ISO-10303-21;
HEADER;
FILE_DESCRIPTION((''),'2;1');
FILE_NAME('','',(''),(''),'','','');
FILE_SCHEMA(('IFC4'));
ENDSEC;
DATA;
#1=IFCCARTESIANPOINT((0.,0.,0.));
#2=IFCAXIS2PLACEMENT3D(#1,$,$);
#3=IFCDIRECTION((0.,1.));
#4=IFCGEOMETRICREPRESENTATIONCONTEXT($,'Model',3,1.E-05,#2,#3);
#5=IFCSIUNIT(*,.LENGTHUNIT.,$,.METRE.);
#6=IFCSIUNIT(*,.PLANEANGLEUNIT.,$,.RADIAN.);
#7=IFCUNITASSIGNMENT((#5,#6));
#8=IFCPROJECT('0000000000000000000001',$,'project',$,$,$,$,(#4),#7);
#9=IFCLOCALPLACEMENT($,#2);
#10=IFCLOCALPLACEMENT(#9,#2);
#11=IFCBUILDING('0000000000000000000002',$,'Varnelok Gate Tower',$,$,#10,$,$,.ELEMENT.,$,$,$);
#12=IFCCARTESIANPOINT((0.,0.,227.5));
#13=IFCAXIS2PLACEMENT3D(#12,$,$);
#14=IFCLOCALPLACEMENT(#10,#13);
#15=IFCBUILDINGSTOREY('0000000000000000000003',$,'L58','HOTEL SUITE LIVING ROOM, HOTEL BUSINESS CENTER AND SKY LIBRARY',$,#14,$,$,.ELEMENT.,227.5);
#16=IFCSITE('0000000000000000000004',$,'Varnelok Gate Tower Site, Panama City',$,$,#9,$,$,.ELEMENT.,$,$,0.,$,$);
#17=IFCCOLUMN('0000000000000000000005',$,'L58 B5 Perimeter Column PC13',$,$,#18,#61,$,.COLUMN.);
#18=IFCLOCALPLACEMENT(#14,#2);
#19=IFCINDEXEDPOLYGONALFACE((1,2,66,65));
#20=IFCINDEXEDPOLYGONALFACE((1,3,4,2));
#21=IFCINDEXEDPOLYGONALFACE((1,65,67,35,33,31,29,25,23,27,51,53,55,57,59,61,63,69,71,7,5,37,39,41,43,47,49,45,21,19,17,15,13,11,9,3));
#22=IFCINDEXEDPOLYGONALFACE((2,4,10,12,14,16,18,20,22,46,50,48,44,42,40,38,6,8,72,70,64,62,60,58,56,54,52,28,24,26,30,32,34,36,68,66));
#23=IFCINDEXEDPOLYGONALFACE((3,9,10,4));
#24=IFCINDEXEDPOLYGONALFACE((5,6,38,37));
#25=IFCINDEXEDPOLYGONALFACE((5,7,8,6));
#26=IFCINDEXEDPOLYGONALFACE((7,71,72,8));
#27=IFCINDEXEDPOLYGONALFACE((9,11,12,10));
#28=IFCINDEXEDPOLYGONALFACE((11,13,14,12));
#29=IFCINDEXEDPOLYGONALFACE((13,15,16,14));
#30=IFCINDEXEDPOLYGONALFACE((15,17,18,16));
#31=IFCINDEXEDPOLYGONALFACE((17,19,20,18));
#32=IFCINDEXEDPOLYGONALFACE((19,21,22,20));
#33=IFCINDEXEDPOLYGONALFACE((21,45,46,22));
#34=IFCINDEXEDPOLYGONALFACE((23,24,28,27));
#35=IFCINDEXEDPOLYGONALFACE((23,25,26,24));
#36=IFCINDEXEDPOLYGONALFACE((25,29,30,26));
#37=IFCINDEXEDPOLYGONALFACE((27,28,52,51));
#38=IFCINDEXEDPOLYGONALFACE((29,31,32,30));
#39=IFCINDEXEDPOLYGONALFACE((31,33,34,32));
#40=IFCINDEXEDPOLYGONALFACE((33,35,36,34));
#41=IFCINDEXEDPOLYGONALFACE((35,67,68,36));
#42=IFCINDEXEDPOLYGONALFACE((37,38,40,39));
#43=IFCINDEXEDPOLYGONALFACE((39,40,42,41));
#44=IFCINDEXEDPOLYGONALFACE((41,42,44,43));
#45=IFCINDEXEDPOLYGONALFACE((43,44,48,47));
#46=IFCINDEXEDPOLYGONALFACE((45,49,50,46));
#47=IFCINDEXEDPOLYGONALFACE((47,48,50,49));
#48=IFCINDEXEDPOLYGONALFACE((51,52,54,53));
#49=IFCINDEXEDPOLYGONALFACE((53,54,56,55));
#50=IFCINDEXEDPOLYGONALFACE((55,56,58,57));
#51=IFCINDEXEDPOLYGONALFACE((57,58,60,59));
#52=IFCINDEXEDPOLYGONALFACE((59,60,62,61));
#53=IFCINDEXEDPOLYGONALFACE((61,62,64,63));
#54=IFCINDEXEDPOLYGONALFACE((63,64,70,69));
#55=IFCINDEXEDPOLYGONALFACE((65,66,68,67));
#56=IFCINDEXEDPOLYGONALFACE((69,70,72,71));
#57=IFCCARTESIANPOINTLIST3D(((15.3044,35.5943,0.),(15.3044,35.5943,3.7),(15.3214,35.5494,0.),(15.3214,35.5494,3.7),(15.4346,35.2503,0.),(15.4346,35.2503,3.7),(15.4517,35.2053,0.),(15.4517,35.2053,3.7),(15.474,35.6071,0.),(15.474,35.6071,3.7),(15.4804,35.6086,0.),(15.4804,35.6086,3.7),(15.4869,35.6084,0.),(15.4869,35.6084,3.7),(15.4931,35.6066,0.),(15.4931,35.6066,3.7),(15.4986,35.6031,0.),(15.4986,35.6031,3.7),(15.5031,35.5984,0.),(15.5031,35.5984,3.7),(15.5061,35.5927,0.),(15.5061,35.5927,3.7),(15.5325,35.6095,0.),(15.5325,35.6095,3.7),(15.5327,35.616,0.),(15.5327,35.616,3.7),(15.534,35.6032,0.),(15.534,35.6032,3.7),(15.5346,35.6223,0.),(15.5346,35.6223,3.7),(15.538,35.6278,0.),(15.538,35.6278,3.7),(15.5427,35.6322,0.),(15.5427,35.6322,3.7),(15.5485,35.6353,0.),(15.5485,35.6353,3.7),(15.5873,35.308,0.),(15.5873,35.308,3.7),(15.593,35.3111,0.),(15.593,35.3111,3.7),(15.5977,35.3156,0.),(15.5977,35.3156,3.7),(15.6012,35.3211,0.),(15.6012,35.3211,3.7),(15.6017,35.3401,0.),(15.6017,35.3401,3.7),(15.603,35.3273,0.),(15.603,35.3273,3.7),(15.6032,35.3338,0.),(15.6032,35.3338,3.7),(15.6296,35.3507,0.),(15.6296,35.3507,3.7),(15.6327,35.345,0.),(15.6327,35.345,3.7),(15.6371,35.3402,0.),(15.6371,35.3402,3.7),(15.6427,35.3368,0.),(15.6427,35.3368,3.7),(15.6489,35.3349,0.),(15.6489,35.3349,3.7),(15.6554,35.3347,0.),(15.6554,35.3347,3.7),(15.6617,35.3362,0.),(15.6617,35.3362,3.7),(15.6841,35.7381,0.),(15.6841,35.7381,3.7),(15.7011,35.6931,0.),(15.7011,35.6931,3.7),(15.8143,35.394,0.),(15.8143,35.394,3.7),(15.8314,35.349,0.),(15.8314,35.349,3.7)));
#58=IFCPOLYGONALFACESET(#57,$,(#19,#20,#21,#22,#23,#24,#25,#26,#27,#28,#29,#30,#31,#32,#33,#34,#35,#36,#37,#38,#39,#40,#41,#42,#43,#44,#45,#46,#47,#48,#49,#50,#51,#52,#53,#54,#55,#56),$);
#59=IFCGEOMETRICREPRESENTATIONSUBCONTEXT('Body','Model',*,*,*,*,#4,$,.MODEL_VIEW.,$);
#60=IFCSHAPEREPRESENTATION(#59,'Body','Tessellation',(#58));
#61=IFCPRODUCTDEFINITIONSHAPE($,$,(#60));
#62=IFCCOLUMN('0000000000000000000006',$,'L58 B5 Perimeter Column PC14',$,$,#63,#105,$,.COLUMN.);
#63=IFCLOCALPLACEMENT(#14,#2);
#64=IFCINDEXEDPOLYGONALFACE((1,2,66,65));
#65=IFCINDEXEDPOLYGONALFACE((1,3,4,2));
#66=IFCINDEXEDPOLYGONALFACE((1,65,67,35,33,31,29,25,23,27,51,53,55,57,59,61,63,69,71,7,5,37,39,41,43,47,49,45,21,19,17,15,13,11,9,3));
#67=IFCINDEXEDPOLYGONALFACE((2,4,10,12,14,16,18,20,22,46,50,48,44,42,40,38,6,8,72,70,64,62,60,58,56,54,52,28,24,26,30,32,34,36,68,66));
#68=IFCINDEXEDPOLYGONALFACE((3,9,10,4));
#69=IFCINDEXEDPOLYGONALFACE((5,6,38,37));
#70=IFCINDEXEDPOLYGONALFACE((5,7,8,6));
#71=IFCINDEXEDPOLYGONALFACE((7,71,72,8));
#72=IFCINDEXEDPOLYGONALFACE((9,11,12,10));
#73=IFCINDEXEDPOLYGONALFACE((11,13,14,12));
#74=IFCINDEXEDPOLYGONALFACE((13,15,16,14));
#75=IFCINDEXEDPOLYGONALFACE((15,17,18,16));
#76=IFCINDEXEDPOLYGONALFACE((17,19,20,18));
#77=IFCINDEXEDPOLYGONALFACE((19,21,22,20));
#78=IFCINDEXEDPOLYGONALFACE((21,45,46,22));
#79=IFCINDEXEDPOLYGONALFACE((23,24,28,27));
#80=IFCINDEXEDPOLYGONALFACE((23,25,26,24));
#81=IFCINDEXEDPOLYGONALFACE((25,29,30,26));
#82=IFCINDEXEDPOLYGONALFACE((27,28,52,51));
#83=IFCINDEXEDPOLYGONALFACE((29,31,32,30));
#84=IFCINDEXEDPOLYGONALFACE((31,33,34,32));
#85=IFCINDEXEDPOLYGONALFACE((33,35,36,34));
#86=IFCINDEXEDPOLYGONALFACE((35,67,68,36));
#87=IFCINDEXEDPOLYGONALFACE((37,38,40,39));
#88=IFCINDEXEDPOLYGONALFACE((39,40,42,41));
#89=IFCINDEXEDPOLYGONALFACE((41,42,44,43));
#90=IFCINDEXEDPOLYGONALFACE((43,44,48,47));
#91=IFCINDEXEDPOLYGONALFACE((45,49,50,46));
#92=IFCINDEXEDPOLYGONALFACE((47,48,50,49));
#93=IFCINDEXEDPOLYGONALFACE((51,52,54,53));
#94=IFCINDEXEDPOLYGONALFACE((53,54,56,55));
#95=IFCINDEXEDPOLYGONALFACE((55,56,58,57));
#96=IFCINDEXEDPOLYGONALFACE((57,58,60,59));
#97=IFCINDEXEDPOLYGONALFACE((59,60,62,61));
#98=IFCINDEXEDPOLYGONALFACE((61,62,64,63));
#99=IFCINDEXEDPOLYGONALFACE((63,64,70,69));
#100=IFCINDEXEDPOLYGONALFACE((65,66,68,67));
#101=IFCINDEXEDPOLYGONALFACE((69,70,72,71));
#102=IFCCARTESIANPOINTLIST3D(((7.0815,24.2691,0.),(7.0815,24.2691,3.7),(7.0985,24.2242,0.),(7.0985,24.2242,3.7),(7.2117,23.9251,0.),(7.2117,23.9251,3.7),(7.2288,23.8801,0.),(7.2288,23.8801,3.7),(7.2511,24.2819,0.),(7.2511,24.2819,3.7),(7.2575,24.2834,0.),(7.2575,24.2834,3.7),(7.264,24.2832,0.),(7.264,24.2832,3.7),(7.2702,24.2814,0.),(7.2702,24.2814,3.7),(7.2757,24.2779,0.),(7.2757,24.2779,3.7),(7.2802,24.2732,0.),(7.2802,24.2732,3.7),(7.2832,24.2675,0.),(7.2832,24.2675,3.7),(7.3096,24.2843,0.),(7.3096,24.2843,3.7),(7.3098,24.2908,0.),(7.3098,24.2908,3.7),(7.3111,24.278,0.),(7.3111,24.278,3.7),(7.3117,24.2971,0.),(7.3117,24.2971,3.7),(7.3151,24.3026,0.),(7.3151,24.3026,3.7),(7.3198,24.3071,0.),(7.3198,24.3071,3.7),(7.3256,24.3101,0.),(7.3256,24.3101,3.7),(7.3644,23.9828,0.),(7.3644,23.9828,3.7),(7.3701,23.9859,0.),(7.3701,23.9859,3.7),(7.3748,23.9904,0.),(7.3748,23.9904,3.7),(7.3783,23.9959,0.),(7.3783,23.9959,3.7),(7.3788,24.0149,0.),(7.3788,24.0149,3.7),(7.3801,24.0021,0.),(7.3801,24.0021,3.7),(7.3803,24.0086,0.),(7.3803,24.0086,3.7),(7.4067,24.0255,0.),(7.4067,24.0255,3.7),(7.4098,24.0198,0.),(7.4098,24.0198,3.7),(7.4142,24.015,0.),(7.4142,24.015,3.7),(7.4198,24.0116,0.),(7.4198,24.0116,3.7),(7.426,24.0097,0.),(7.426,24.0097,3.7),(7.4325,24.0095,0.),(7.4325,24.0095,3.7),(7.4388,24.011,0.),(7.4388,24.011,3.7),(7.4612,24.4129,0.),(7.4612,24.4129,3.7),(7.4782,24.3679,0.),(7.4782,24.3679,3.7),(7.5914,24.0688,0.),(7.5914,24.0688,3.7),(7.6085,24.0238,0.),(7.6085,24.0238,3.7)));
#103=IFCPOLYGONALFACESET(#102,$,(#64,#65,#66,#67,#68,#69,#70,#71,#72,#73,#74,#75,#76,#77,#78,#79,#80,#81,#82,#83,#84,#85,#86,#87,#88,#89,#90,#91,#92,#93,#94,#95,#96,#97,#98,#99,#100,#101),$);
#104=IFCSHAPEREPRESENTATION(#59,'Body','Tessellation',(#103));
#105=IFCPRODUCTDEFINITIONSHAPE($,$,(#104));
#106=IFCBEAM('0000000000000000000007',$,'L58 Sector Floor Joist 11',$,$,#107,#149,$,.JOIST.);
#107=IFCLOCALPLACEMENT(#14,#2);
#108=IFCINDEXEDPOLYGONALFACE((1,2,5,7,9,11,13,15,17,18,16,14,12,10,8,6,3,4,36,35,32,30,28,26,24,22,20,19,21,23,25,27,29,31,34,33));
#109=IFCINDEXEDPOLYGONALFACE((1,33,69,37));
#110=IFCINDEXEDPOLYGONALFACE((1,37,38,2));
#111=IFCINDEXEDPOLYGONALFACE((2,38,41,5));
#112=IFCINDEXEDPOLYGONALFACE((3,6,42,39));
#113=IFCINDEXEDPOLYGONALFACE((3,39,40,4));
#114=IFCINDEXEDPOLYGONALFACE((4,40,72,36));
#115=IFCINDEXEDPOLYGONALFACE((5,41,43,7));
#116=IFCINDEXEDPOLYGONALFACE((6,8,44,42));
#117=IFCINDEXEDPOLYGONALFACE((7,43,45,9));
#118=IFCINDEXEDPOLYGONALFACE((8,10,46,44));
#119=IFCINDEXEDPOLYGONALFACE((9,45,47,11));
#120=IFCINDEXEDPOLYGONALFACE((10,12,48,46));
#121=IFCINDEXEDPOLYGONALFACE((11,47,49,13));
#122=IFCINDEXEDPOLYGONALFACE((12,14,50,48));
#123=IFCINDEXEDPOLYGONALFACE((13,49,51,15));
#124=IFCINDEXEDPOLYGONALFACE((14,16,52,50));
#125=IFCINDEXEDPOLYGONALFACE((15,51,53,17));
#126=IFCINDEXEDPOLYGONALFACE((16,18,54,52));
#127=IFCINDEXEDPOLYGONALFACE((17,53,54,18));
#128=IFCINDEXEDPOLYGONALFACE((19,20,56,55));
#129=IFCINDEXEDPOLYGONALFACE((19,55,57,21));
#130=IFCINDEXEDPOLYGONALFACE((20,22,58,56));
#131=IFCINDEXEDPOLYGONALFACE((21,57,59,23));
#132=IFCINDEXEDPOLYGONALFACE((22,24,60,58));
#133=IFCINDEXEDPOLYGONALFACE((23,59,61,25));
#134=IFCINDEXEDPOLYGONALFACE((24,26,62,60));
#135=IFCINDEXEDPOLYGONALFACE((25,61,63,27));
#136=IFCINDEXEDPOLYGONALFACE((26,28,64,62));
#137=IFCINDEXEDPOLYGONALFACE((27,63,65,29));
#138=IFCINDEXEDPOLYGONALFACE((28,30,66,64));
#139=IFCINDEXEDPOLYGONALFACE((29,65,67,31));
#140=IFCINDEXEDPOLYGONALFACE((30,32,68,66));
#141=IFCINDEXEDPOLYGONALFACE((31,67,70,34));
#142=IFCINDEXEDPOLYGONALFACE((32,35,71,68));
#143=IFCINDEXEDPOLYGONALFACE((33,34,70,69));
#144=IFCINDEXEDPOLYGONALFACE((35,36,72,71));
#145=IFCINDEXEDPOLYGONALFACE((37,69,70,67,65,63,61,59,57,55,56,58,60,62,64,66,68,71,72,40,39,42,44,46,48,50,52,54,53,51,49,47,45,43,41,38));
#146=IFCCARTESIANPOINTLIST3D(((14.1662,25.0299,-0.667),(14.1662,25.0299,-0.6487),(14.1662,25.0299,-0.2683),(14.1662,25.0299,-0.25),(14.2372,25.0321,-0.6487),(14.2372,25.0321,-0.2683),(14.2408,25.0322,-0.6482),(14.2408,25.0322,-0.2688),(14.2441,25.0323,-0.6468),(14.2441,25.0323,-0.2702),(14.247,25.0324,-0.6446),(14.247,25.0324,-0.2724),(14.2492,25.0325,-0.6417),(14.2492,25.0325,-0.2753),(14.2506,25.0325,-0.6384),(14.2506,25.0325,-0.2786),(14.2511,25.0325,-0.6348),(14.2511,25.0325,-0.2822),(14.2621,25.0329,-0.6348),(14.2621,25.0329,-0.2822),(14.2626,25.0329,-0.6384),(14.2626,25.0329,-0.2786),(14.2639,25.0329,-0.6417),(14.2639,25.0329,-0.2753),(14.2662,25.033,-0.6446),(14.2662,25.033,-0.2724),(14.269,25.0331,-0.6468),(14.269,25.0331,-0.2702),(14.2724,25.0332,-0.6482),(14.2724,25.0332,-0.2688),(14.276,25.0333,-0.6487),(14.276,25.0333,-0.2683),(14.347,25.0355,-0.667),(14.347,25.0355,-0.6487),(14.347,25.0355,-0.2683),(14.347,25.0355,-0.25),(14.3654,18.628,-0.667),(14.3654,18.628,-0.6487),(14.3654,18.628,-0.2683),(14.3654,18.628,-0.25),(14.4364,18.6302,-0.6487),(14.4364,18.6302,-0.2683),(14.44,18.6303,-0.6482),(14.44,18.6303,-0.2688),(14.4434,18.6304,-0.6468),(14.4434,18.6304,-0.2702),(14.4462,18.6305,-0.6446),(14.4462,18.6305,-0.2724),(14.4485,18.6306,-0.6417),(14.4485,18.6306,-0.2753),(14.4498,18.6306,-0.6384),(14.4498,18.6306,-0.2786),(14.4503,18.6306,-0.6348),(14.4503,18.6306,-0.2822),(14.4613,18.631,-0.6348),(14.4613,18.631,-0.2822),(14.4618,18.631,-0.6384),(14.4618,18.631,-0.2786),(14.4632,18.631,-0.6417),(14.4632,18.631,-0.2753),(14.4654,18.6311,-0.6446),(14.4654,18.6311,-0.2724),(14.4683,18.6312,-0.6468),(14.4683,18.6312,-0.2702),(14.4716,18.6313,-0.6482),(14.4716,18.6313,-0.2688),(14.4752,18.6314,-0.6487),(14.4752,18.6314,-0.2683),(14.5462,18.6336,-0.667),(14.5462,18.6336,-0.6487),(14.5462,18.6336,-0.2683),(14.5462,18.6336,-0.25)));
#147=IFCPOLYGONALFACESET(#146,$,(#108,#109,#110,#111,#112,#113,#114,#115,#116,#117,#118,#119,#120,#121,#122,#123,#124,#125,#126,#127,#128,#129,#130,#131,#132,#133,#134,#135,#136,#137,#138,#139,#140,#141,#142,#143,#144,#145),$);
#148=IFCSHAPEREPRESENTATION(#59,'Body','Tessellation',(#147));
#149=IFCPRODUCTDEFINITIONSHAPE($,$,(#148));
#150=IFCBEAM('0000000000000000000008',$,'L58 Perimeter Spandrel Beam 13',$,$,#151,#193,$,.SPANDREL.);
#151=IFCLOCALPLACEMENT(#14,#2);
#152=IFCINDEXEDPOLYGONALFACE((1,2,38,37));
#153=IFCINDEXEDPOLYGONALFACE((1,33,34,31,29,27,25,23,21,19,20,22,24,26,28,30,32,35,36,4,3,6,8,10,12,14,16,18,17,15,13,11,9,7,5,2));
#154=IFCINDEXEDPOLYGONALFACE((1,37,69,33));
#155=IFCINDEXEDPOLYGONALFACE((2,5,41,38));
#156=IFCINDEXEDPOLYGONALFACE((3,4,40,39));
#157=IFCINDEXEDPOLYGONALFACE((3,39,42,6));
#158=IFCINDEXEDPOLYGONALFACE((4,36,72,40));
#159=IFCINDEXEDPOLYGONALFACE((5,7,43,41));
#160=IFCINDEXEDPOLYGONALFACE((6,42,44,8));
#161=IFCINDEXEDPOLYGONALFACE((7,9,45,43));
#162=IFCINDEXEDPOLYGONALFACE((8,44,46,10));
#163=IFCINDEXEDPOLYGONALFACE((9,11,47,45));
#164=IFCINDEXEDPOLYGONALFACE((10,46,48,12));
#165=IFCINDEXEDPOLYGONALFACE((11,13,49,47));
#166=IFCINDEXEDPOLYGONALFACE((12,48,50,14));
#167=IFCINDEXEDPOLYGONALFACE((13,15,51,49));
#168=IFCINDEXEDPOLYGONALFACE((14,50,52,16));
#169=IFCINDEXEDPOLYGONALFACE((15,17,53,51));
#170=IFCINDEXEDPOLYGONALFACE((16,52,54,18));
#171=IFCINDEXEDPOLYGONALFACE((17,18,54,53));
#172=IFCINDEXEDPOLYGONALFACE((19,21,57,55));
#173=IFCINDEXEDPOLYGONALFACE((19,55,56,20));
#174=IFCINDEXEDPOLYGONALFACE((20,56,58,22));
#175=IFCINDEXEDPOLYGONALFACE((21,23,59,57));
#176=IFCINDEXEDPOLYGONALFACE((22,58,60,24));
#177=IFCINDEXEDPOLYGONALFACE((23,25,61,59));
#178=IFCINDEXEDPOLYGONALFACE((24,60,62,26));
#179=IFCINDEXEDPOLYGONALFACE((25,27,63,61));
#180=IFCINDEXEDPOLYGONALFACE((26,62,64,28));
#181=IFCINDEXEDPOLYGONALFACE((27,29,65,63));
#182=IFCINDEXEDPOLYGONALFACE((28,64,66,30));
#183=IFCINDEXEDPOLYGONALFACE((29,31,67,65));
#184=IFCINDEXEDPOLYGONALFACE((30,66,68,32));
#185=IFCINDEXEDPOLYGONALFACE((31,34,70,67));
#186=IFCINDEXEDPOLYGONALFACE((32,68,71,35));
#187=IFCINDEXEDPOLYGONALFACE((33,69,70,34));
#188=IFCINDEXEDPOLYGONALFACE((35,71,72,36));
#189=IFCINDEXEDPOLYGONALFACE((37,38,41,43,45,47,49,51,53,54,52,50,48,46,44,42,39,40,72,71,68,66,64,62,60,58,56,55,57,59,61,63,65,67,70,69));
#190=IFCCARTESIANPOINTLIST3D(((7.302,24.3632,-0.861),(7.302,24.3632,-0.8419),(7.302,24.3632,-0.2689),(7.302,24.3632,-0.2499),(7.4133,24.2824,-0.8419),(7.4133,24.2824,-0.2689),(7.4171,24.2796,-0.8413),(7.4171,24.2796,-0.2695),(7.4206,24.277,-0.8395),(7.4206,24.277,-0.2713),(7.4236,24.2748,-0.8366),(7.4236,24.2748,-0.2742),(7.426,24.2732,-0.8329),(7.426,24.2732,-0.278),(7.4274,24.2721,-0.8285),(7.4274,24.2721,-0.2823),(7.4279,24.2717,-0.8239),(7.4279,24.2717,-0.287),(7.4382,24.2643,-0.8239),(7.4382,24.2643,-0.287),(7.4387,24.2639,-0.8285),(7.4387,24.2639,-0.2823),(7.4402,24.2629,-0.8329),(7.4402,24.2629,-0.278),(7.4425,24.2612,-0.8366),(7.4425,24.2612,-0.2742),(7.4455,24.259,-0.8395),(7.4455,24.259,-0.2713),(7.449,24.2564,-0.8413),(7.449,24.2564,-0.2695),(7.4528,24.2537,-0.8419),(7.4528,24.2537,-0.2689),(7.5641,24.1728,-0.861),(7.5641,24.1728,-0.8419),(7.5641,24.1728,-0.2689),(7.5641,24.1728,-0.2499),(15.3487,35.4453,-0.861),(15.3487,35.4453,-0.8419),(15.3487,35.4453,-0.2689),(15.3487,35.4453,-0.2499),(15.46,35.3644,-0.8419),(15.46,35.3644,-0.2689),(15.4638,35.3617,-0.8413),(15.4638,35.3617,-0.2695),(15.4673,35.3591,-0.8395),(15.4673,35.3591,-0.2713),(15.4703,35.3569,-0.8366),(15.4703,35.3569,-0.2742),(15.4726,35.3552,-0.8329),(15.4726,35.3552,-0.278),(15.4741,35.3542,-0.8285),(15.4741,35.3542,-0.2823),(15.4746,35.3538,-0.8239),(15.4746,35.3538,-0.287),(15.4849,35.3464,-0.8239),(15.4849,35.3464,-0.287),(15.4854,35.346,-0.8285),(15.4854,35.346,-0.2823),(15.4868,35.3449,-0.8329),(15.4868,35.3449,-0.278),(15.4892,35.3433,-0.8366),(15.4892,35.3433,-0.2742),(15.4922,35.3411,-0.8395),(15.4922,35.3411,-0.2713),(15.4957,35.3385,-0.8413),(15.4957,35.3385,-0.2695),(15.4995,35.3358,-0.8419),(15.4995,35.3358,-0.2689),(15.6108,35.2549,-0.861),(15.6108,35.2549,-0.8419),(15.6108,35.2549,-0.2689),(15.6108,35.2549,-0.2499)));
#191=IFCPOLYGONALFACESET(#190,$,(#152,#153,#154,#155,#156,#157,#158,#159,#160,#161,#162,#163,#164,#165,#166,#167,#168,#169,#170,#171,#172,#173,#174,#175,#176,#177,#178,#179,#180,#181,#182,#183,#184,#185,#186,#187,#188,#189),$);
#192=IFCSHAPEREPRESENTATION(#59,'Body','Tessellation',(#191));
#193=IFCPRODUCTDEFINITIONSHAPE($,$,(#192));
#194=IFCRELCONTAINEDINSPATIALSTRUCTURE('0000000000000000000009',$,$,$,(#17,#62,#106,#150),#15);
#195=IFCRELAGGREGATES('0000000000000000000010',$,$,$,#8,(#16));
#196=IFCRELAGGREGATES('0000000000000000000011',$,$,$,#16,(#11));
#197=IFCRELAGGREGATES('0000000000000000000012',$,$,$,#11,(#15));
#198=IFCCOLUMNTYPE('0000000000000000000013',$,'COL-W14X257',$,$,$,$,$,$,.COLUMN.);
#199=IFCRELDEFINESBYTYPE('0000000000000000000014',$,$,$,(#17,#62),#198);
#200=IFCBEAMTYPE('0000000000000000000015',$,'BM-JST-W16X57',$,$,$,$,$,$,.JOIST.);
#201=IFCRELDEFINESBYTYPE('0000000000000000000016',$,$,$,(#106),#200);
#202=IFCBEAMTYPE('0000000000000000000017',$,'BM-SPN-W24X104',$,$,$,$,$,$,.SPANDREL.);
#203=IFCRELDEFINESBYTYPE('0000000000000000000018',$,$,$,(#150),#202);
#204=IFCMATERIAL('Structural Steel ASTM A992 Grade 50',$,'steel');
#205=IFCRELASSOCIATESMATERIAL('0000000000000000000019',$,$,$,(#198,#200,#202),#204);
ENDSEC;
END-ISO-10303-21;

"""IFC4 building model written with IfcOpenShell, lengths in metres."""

from ifc_helpers import new_model, si_unit, direction, frame, origin, origin_2d, place, context, subcontext, project, spatial, i_section, extrude, material, material_profile, profile_set, type_object, element, save


model = new_model("IFC4")

# Units and contexts
model_context = context("Model", 3, precision=1e-05, world=origin(), true_north=direction((0.0, 1.0)))
body_context = subcontext(model_context, "Body", "Model", "MODEL_VIEW")
ifc_project = project(units=[si_unit("LENGTHUNIT", "METRE"), si_unit("PLANEANGLEUNIT", "RADIAN")], contexts=[model_context])

# Site, building, storey
site_placement = place(None, origin())
site = spatial("IfcSite", under=ifc_project, at=site_placement, Name="Varnelok Gate Tower Site, Panama City", CompositionType="ELEMENT", RefElevation=0.0)
building_placement = place(site_placement, origin())
building = spatial("IfcBuilding", under=site, at=building_placement, Name="Varnelok Gate Tower", CompositionType="ELEMENT")
storey_placement = place(building_placement, frame((0.0, 0.0, 227.5)))
storey = spatial("IfcBuildingStorey", under=building, at=storey_placement, Name="L58", Description="HOTEL SUITE LIVING ROOM, HOTEL BUSINESS CENTER AND SKY LIBRARY", CompositionType="ELEMENT", Elevation=227.5)

# Columns
ifc_material_1 = material(Name="Structural Steel ASTM A992 Grade 50", Category="steel")
ifc_material_profile_1 = material_profile(ifc_material_1, i_section(OverallWidth=0.406, OverallDepth=0.416, WebThickness=0.0298, FlangeThickness=0.0481, FilletRadius=0.0249, at=origin_2d()), Name="W14X257")
ifc_profile_set_1 = profile_set([ifc_material_profile_1], Name="Structural Steel ASTM A992 Grade 50")
column_type = type_object("IfcColumnType", Name="COL-W14X257", PredefinedType="COLUMN", material=ifc_profile_set_1)
for number, where, z_axis, x_axis, name in (
    (1, (15.5679, 35.4717, 0.0), (0.0, 0.0, 1.0), (0.935222, 0.354063, 0.0), "L58 B5 Perimeter Column PC13"),
    (2, (7.345, 24.1465, 0.0), (0.0, 0.0, 1.0), (0.935222, 0.354063, 0.0), "L58 B5 Perimeter Column PC14"),
):
    element("IfcColumn", number, at=place(storey_placement, frame(where, z_axis=z_axis, x_axis=x_axis)), inside=storey, type_object=column_type, Name=name, PredefinedType="COLUMN", context=body_context, shape_type="SweptSolid", body=[
        extrude(i_section(OverallWidth=0.406, OverallDepth=0.416, WebThickness=0.0298, FlangeThickness=0.0481, FilletRadius=0.0249, at=origin_2d()), origin(), (0.0, 0.0, 1.0), 3.7),
    ])

# Beams
ifc_material_profile_2 = material_profile(ifc_material_1, i_section(OverallWidth=0.1809, OverallDepth=0.417, WebThickness=0.011, FlangeThickness=0.0183, FilletRadius=0.0139, at=origin_2d()), Name="W16X57")
ifc_profile_set_2 = profile_set([ifc_material_profile_2], Name="Structural Steel ASTM A992 Grade 50")
beam_type_1 = type_object("IfcBeamType", Name="BM-JST-W16X57", PredefinedType="JOIST", material=ifc_profile_set_2)
beam_1_placement = place(storey_placement, frame((14.2566, 25.0327, -0.4585), z_axis=(0.031104, -0.999516, 0.0), x_axis=(0.999516, 0.031104, 0.0)))
element("IfcBeam", 3, at=beam_1_placement, inside=storey, type_object=beam_type_1, Name="L58 Sector Floor Joist 11", PredefinedType="JOIST", context=body_context, shape_type="SweptSolid", body=[
    extrude(i_section(OverallWidth=0.1809, OverallDepth=0.417, WebThickness=0.011, FlangeThickness=0.0183, FilletRadius=0.0139, at=origin_2d()), origin(), (0.0, 0.0, 1.0), 6.405),
])
ifc_material_profile_3 = material_profile(ifc_material_1, i_section(OverallWidth=0.324, OverallDepth=0.6111, WebThickness=0.0127, FlangeThickness=0.019, FilletRadius=0.0181, at=origin_2d()), Name="W24X104")
ifc_profile_set_3 = profile_set([ifc_material_profile_3], Name="Structural Steel ASTM A992 Grade 50")
beam_type_2 = type_object("IfcBeamType", Name="BM-SPN-W24X104", PredefinedType="SPANDREL", material=ifc_profile_set_3)
beam_2_placement = place(storey_placement, frame((15.4797, 35.3501, -0.5554), z_axis=(-0.587549, -0.809188, 0.0), x_axis=(0.809188, -0.587549, 0.0)))
element("IfcBeam", 4, at=beam_2_placement, inside=storey, type_object=beam_type_2, Name="L58 Perimeter Spandrel Beam 13", PredefinedType="SPANDREL", context=body_context, shape_type="SweptSolid", body=[
    extrude(i_section(OverallWidth=0.324, OverallDepth=0.6111, WebThickness=0.0127, FlangeThickness=0.019, FilletRadius=0.0181, at=origin_2d()), origin(), (0.0, 0.0, 1.0), 13.6953),
])

save(model, "model.ifc")
